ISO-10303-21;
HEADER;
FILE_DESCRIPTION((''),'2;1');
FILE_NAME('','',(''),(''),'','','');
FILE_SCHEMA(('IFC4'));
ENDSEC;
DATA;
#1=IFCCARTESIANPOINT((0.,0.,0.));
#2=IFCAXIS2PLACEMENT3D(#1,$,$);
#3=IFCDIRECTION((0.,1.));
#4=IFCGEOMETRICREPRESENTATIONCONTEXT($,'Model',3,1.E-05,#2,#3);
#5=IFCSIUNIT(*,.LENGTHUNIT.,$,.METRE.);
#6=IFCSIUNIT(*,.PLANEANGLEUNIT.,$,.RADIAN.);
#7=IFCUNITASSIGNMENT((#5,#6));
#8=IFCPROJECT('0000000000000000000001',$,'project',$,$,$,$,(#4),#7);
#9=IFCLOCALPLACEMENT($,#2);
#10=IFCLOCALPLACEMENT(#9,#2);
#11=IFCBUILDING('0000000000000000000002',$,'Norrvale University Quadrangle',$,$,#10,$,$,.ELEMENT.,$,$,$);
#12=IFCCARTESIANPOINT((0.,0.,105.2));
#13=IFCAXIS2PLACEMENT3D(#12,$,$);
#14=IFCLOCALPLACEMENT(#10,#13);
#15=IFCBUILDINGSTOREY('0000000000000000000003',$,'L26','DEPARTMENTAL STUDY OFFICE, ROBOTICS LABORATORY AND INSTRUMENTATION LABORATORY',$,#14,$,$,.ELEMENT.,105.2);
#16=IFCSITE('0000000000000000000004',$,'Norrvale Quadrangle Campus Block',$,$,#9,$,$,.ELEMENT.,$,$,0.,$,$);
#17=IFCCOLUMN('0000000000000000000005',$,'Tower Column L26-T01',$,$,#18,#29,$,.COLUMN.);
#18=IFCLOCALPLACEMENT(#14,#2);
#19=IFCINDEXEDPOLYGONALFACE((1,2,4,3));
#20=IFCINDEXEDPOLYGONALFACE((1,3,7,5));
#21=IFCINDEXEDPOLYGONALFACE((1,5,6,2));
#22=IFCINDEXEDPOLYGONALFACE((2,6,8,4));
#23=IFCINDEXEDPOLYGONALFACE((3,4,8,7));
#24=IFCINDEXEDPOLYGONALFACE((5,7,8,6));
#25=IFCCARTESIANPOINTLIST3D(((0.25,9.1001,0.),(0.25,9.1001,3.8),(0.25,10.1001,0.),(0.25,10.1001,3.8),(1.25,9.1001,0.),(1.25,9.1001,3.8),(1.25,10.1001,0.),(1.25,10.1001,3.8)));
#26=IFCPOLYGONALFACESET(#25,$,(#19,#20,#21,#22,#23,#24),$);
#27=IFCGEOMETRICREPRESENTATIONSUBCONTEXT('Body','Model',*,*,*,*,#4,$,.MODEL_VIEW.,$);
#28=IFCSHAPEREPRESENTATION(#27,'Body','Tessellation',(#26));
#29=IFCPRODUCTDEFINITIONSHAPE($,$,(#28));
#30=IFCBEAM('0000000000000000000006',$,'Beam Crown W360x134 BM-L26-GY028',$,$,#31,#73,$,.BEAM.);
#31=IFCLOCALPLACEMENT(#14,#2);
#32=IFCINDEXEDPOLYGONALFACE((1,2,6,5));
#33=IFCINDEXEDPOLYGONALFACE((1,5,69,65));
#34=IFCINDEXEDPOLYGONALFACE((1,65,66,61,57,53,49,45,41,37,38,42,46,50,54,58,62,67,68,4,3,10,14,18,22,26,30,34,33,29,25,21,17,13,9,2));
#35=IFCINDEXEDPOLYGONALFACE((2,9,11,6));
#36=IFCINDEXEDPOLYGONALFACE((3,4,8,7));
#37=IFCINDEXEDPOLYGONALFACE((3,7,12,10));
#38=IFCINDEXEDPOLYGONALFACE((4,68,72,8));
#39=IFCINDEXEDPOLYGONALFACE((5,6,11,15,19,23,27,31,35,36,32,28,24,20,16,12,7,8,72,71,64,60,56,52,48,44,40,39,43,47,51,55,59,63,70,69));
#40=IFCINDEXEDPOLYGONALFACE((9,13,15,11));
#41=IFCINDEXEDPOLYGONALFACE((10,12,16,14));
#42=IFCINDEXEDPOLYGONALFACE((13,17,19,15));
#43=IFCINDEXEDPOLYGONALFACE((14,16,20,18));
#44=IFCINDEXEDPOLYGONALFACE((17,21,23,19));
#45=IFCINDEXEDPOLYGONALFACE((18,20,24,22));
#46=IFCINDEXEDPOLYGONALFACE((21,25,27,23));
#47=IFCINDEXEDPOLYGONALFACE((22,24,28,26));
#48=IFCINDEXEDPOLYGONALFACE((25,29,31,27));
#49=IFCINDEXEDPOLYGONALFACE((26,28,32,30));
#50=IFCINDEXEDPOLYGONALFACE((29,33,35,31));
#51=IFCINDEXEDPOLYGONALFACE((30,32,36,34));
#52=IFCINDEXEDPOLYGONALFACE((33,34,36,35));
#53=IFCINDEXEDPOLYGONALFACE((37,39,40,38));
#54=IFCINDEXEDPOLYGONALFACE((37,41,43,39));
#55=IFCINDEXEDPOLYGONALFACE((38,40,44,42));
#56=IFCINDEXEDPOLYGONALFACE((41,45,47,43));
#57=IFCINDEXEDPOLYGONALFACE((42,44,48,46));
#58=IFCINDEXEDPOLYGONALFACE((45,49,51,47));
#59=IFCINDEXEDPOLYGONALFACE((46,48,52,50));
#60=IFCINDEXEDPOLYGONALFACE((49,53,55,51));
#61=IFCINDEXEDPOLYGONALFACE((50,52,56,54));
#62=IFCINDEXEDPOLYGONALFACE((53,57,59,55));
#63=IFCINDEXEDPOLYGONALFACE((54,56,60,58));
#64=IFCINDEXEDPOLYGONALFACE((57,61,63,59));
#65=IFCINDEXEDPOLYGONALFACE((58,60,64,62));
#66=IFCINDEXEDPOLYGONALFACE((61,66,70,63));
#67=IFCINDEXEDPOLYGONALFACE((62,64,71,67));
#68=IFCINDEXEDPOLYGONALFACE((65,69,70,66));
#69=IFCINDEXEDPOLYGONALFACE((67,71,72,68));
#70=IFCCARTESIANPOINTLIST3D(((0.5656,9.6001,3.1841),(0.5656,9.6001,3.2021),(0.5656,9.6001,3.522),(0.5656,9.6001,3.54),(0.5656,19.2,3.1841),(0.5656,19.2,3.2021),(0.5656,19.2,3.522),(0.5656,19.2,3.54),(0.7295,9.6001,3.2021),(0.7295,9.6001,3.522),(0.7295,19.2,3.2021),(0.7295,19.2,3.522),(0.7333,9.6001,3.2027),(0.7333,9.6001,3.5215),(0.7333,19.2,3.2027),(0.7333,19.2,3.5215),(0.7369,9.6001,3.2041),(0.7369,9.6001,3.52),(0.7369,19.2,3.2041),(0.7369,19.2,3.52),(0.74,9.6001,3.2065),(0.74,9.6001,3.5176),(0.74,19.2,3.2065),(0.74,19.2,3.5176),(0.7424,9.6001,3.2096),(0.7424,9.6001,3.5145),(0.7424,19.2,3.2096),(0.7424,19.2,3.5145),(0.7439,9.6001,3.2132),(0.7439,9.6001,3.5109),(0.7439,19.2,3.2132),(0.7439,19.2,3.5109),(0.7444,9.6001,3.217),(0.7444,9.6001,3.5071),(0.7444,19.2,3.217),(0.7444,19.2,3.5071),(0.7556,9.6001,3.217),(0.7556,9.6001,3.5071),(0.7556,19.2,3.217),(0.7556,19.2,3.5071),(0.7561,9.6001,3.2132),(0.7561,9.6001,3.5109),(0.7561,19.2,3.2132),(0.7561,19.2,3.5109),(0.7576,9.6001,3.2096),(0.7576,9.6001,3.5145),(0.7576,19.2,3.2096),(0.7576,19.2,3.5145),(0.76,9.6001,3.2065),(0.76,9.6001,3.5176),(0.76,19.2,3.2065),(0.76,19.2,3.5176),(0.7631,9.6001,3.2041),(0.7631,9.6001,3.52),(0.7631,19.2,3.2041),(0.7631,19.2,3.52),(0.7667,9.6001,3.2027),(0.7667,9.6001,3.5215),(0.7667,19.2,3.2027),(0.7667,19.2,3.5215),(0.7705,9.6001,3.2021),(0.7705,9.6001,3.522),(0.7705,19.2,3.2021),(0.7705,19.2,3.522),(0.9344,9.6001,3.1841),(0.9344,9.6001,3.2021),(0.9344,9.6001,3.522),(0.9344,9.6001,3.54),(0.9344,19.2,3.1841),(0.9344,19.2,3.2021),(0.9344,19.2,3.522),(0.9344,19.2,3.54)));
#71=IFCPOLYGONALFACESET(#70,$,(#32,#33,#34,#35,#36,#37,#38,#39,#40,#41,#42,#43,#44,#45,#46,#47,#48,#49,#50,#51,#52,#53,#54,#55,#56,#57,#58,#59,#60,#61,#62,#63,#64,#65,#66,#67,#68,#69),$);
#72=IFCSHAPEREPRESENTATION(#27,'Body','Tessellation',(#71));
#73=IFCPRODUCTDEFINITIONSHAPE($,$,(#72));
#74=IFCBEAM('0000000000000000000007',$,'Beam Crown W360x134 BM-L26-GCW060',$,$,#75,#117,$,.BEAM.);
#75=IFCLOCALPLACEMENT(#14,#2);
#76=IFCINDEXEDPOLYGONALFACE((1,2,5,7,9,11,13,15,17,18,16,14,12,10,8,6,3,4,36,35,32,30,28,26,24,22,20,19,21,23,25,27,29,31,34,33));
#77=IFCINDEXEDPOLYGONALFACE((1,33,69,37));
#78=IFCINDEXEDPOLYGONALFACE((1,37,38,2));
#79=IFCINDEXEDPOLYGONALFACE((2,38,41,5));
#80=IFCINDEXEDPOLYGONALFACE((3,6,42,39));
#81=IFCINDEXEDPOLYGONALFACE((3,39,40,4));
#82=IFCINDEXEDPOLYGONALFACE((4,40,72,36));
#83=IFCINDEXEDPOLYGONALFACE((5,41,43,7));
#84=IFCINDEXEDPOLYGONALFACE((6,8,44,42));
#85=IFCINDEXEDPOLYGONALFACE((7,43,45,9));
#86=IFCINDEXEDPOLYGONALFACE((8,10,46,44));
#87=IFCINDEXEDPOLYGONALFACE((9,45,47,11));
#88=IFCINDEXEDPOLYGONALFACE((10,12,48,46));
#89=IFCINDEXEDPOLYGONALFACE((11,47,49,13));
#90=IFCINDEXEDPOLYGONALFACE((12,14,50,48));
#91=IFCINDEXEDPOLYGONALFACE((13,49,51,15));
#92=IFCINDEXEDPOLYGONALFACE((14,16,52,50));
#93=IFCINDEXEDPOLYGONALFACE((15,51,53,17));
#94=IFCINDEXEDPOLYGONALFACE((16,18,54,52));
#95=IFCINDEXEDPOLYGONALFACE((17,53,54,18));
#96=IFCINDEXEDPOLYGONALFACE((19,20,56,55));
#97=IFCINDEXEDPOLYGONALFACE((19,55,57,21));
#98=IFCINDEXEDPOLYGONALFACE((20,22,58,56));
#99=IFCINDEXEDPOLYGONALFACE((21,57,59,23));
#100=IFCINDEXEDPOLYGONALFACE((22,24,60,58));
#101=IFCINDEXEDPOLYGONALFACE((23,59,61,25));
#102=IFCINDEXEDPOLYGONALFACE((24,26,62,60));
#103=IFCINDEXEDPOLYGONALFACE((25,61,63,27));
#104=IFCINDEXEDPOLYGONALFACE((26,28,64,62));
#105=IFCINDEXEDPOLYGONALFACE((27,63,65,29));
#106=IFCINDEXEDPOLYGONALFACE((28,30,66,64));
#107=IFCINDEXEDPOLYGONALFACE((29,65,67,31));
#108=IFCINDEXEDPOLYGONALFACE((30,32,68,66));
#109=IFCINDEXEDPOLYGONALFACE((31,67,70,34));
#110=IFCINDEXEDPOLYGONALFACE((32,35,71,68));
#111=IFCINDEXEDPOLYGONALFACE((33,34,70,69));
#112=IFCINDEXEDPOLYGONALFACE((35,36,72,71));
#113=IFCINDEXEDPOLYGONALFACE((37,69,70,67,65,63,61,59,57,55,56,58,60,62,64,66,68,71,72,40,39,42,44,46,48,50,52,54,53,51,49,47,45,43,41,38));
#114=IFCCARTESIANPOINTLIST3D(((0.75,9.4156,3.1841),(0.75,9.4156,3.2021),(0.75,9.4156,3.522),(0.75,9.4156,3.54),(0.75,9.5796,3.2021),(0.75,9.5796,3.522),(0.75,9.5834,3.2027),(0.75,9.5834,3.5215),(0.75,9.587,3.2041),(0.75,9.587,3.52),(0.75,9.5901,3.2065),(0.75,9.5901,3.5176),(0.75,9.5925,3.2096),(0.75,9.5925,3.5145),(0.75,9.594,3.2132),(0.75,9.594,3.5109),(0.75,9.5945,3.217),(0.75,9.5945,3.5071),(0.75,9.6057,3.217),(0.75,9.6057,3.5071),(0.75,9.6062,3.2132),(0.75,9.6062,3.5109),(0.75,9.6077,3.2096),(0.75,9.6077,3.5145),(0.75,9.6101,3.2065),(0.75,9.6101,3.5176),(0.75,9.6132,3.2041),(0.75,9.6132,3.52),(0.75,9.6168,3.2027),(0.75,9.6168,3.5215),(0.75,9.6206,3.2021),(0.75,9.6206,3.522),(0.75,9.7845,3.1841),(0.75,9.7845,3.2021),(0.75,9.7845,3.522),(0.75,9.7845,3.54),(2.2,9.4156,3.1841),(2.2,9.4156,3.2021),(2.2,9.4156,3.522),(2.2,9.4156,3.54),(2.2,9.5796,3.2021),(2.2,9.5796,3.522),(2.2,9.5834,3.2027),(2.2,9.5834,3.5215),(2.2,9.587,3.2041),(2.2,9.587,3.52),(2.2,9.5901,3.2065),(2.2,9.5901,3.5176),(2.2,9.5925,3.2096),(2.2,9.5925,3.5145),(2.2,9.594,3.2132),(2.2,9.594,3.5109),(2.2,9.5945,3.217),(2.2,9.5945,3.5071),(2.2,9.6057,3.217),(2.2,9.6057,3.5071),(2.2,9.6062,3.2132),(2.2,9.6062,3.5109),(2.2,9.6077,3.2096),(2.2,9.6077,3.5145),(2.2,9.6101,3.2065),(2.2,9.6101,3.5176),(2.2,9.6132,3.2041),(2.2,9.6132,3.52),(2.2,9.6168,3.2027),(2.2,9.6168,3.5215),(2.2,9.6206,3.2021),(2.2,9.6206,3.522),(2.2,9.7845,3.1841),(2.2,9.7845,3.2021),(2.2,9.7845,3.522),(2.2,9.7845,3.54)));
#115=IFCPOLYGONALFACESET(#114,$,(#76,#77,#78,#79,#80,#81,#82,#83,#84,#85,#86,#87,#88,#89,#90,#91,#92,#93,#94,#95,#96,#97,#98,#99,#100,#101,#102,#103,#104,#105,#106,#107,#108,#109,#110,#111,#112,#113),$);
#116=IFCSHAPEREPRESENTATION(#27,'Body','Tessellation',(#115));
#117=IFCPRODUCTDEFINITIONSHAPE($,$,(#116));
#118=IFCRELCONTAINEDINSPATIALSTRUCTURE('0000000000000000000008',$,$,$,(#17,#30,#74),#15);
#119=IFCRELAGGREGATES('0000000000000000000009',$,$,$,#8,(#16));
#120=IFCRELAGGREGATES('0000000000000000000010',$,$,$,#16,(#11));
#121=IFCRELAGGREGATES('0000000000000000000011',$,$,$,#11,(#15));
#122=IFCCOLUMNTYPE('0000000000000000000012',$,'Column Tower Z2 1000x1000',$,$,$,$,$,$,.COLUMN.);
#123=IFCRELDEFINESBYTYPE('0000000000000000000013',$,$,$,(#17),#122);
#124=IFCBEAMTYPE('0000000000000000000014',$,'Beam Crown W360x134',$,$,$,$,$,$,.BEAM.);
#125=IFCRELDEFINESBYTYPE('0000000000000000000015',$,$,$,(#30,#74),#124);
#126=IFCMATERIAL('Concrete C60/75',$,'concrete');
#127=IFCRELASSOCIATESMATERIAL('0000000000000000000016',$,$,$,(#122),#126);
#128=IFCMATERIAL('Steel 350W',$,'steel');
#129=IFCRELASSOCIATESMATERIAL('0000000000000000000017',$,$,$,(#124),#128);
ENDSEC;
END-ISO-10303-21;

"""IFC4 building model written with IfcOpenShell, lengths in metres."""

from ifc_helpers import new_model, si_unit, direction, frame, origin, origin_2d, place, context, subcontext, project, spatial, rectangle, i_section, extrude, material, material_profile, profile_set, type_object, element, save


model = new_model("IFC4")

# Units and contexts
model_context = context("Model", 3, precision=1e-05, world=origin(), true_north=direction((0.0, 1.0)))
body_context = subcontext(model_context, "Body", "Model", "MODEL_VIEW")
ifc_project = project(units=[si_unit("LENGTHUNIT", "METRE"), si_unit("PLANEANGLEUNIT", "RADIAN")], contexts=[model_context])

# Site, building, storey
site_placement = place(None, origin())
site = spatial("IfcSite", under=ifc_project, at=site_placement, Name="Norrvale Quadrangle Campus Block", CompositionType="ELEMENT", RefElevation=0.0)
building_placement = place(site_placement, origin())
building = spatial("IfcBuilding", under=site, at=building_placement, Name="Norrvale University Quadrangle", CompositionType="ELEMENT")
storey_placement = place(building_placement, frame((0.0, 0.0, 105.2)))
storey = spatial("IfcBuildingStorey", under=building, at=storey_placement, Name="L26", Description="DEPARTMENTAL STUDY OFFICE, ROBOTICS LABORATORY AND INSTRUMENTATION LABORATORY", CompositionType="ELEMENT", Elevation=105.2)

# Column
ifc_material_1 = material(Name="Concrete C60/75", Category="concrete")
ifc_material_profile_1 = material_profile(ifc_material_1, rectangle(XDim=1.0, YDim=1.0, at=origin_2d()), Name="Concrete C60/75")
ifc_profile_set_1 = profile_set([ifc_material_profile_1], Name="Concrete C60/75")
column_type = type_object("IfcColumnType", Name="Column Tower Z2 1000x1000", PredefinedType="COLUMN", material=ifc_profile_set_1)
column_placement = place(storey_placement, frame((0.75, 9.6001, 0.0), z_axis=(0.0, 0.0, 1.0), x_axis=(1.0, 0.0, 0.0)))
element("IfcColumn", 1, at=column_placement, inside=storey, type_object=column_type, Name="Tower Column L26-T01", PredefinedType="COLUMN", context=body_context, shape_type="SweptSolid", body=[
    extrude(rectangle(XDim=1.0, YDim=1.0, at=origin_2d()), origin(), (0.0, 0.0, 1.0), 3.8),
])

# Beams
ifc_material_2 = material(Name="Steel 350W", Category="steel")
ifc_material_profile_2 = material_profile(ifc_material_2, i_section(OverallWidth=0.3689, OverallDepth=0.356, WebThickness=0.0112, FlangeThickness=0.0181, FilletRadius=0.0149, at=origin_2d()), Name="Steel 350W")
ifc_profile_set_2 = profile_set([ifc_material_profile_2], Name="Steel 350W")
beam_type = type_object("IfcBeamType", Name="Beam Crown W360x134", PredefinedType="BEAM", material=ifc_profile_set_2)
beam_1_placement = place(storey_placement, frame((0.75, 9.6001, 3.3621), z_axis=(0.0, 1.0, 0.0), x_axis=(-1.0, 0.0, 0.0)))
element("IfcBeam", 2, at=beam_1_placement, inside=storey, type_object=beam_type, Name="Beam Crown W360x134 BM-L26-GY028", PredefinedType="BEAM", context=body_context, shape_type="SweptSolid", body=[
    extrude(i_section(OverallWidth=0.3689, OverallDepth=0.356, WebThickness=0.0112, FlangeThickness=0.0181, FilletRadius=0.0149, at=origin_2d()), origin(), (0.0, 0.0, 1.0), 9.5999),
])
beam_2_placement = place(storey_placement, frame((0.75, 9.6001, 3.3621), z_axis=(1.0, 0.0, 0.0), x_axis=(0.0, 1.0, 0.0)))
element("IfcBeam", 3, at=beam_2_placement, inside=storey, type_object=beam_type, Name="Beam Crown W360x134 BM-L26-GCW060", PredefinedType="BEAM", context=body_context, shape_type="SweptSolid", body=[
    extrude(i_section(OverallWidth=0.3689, OverallDepth=0.356, WebThickness=0.0112, FlangeThickness=0.0181, FilletRadius=0.0149, at=origin_2d()), origin(), (0.0, 0.0, 1.0), 1.45),
])

save(model, "model.ifc")
